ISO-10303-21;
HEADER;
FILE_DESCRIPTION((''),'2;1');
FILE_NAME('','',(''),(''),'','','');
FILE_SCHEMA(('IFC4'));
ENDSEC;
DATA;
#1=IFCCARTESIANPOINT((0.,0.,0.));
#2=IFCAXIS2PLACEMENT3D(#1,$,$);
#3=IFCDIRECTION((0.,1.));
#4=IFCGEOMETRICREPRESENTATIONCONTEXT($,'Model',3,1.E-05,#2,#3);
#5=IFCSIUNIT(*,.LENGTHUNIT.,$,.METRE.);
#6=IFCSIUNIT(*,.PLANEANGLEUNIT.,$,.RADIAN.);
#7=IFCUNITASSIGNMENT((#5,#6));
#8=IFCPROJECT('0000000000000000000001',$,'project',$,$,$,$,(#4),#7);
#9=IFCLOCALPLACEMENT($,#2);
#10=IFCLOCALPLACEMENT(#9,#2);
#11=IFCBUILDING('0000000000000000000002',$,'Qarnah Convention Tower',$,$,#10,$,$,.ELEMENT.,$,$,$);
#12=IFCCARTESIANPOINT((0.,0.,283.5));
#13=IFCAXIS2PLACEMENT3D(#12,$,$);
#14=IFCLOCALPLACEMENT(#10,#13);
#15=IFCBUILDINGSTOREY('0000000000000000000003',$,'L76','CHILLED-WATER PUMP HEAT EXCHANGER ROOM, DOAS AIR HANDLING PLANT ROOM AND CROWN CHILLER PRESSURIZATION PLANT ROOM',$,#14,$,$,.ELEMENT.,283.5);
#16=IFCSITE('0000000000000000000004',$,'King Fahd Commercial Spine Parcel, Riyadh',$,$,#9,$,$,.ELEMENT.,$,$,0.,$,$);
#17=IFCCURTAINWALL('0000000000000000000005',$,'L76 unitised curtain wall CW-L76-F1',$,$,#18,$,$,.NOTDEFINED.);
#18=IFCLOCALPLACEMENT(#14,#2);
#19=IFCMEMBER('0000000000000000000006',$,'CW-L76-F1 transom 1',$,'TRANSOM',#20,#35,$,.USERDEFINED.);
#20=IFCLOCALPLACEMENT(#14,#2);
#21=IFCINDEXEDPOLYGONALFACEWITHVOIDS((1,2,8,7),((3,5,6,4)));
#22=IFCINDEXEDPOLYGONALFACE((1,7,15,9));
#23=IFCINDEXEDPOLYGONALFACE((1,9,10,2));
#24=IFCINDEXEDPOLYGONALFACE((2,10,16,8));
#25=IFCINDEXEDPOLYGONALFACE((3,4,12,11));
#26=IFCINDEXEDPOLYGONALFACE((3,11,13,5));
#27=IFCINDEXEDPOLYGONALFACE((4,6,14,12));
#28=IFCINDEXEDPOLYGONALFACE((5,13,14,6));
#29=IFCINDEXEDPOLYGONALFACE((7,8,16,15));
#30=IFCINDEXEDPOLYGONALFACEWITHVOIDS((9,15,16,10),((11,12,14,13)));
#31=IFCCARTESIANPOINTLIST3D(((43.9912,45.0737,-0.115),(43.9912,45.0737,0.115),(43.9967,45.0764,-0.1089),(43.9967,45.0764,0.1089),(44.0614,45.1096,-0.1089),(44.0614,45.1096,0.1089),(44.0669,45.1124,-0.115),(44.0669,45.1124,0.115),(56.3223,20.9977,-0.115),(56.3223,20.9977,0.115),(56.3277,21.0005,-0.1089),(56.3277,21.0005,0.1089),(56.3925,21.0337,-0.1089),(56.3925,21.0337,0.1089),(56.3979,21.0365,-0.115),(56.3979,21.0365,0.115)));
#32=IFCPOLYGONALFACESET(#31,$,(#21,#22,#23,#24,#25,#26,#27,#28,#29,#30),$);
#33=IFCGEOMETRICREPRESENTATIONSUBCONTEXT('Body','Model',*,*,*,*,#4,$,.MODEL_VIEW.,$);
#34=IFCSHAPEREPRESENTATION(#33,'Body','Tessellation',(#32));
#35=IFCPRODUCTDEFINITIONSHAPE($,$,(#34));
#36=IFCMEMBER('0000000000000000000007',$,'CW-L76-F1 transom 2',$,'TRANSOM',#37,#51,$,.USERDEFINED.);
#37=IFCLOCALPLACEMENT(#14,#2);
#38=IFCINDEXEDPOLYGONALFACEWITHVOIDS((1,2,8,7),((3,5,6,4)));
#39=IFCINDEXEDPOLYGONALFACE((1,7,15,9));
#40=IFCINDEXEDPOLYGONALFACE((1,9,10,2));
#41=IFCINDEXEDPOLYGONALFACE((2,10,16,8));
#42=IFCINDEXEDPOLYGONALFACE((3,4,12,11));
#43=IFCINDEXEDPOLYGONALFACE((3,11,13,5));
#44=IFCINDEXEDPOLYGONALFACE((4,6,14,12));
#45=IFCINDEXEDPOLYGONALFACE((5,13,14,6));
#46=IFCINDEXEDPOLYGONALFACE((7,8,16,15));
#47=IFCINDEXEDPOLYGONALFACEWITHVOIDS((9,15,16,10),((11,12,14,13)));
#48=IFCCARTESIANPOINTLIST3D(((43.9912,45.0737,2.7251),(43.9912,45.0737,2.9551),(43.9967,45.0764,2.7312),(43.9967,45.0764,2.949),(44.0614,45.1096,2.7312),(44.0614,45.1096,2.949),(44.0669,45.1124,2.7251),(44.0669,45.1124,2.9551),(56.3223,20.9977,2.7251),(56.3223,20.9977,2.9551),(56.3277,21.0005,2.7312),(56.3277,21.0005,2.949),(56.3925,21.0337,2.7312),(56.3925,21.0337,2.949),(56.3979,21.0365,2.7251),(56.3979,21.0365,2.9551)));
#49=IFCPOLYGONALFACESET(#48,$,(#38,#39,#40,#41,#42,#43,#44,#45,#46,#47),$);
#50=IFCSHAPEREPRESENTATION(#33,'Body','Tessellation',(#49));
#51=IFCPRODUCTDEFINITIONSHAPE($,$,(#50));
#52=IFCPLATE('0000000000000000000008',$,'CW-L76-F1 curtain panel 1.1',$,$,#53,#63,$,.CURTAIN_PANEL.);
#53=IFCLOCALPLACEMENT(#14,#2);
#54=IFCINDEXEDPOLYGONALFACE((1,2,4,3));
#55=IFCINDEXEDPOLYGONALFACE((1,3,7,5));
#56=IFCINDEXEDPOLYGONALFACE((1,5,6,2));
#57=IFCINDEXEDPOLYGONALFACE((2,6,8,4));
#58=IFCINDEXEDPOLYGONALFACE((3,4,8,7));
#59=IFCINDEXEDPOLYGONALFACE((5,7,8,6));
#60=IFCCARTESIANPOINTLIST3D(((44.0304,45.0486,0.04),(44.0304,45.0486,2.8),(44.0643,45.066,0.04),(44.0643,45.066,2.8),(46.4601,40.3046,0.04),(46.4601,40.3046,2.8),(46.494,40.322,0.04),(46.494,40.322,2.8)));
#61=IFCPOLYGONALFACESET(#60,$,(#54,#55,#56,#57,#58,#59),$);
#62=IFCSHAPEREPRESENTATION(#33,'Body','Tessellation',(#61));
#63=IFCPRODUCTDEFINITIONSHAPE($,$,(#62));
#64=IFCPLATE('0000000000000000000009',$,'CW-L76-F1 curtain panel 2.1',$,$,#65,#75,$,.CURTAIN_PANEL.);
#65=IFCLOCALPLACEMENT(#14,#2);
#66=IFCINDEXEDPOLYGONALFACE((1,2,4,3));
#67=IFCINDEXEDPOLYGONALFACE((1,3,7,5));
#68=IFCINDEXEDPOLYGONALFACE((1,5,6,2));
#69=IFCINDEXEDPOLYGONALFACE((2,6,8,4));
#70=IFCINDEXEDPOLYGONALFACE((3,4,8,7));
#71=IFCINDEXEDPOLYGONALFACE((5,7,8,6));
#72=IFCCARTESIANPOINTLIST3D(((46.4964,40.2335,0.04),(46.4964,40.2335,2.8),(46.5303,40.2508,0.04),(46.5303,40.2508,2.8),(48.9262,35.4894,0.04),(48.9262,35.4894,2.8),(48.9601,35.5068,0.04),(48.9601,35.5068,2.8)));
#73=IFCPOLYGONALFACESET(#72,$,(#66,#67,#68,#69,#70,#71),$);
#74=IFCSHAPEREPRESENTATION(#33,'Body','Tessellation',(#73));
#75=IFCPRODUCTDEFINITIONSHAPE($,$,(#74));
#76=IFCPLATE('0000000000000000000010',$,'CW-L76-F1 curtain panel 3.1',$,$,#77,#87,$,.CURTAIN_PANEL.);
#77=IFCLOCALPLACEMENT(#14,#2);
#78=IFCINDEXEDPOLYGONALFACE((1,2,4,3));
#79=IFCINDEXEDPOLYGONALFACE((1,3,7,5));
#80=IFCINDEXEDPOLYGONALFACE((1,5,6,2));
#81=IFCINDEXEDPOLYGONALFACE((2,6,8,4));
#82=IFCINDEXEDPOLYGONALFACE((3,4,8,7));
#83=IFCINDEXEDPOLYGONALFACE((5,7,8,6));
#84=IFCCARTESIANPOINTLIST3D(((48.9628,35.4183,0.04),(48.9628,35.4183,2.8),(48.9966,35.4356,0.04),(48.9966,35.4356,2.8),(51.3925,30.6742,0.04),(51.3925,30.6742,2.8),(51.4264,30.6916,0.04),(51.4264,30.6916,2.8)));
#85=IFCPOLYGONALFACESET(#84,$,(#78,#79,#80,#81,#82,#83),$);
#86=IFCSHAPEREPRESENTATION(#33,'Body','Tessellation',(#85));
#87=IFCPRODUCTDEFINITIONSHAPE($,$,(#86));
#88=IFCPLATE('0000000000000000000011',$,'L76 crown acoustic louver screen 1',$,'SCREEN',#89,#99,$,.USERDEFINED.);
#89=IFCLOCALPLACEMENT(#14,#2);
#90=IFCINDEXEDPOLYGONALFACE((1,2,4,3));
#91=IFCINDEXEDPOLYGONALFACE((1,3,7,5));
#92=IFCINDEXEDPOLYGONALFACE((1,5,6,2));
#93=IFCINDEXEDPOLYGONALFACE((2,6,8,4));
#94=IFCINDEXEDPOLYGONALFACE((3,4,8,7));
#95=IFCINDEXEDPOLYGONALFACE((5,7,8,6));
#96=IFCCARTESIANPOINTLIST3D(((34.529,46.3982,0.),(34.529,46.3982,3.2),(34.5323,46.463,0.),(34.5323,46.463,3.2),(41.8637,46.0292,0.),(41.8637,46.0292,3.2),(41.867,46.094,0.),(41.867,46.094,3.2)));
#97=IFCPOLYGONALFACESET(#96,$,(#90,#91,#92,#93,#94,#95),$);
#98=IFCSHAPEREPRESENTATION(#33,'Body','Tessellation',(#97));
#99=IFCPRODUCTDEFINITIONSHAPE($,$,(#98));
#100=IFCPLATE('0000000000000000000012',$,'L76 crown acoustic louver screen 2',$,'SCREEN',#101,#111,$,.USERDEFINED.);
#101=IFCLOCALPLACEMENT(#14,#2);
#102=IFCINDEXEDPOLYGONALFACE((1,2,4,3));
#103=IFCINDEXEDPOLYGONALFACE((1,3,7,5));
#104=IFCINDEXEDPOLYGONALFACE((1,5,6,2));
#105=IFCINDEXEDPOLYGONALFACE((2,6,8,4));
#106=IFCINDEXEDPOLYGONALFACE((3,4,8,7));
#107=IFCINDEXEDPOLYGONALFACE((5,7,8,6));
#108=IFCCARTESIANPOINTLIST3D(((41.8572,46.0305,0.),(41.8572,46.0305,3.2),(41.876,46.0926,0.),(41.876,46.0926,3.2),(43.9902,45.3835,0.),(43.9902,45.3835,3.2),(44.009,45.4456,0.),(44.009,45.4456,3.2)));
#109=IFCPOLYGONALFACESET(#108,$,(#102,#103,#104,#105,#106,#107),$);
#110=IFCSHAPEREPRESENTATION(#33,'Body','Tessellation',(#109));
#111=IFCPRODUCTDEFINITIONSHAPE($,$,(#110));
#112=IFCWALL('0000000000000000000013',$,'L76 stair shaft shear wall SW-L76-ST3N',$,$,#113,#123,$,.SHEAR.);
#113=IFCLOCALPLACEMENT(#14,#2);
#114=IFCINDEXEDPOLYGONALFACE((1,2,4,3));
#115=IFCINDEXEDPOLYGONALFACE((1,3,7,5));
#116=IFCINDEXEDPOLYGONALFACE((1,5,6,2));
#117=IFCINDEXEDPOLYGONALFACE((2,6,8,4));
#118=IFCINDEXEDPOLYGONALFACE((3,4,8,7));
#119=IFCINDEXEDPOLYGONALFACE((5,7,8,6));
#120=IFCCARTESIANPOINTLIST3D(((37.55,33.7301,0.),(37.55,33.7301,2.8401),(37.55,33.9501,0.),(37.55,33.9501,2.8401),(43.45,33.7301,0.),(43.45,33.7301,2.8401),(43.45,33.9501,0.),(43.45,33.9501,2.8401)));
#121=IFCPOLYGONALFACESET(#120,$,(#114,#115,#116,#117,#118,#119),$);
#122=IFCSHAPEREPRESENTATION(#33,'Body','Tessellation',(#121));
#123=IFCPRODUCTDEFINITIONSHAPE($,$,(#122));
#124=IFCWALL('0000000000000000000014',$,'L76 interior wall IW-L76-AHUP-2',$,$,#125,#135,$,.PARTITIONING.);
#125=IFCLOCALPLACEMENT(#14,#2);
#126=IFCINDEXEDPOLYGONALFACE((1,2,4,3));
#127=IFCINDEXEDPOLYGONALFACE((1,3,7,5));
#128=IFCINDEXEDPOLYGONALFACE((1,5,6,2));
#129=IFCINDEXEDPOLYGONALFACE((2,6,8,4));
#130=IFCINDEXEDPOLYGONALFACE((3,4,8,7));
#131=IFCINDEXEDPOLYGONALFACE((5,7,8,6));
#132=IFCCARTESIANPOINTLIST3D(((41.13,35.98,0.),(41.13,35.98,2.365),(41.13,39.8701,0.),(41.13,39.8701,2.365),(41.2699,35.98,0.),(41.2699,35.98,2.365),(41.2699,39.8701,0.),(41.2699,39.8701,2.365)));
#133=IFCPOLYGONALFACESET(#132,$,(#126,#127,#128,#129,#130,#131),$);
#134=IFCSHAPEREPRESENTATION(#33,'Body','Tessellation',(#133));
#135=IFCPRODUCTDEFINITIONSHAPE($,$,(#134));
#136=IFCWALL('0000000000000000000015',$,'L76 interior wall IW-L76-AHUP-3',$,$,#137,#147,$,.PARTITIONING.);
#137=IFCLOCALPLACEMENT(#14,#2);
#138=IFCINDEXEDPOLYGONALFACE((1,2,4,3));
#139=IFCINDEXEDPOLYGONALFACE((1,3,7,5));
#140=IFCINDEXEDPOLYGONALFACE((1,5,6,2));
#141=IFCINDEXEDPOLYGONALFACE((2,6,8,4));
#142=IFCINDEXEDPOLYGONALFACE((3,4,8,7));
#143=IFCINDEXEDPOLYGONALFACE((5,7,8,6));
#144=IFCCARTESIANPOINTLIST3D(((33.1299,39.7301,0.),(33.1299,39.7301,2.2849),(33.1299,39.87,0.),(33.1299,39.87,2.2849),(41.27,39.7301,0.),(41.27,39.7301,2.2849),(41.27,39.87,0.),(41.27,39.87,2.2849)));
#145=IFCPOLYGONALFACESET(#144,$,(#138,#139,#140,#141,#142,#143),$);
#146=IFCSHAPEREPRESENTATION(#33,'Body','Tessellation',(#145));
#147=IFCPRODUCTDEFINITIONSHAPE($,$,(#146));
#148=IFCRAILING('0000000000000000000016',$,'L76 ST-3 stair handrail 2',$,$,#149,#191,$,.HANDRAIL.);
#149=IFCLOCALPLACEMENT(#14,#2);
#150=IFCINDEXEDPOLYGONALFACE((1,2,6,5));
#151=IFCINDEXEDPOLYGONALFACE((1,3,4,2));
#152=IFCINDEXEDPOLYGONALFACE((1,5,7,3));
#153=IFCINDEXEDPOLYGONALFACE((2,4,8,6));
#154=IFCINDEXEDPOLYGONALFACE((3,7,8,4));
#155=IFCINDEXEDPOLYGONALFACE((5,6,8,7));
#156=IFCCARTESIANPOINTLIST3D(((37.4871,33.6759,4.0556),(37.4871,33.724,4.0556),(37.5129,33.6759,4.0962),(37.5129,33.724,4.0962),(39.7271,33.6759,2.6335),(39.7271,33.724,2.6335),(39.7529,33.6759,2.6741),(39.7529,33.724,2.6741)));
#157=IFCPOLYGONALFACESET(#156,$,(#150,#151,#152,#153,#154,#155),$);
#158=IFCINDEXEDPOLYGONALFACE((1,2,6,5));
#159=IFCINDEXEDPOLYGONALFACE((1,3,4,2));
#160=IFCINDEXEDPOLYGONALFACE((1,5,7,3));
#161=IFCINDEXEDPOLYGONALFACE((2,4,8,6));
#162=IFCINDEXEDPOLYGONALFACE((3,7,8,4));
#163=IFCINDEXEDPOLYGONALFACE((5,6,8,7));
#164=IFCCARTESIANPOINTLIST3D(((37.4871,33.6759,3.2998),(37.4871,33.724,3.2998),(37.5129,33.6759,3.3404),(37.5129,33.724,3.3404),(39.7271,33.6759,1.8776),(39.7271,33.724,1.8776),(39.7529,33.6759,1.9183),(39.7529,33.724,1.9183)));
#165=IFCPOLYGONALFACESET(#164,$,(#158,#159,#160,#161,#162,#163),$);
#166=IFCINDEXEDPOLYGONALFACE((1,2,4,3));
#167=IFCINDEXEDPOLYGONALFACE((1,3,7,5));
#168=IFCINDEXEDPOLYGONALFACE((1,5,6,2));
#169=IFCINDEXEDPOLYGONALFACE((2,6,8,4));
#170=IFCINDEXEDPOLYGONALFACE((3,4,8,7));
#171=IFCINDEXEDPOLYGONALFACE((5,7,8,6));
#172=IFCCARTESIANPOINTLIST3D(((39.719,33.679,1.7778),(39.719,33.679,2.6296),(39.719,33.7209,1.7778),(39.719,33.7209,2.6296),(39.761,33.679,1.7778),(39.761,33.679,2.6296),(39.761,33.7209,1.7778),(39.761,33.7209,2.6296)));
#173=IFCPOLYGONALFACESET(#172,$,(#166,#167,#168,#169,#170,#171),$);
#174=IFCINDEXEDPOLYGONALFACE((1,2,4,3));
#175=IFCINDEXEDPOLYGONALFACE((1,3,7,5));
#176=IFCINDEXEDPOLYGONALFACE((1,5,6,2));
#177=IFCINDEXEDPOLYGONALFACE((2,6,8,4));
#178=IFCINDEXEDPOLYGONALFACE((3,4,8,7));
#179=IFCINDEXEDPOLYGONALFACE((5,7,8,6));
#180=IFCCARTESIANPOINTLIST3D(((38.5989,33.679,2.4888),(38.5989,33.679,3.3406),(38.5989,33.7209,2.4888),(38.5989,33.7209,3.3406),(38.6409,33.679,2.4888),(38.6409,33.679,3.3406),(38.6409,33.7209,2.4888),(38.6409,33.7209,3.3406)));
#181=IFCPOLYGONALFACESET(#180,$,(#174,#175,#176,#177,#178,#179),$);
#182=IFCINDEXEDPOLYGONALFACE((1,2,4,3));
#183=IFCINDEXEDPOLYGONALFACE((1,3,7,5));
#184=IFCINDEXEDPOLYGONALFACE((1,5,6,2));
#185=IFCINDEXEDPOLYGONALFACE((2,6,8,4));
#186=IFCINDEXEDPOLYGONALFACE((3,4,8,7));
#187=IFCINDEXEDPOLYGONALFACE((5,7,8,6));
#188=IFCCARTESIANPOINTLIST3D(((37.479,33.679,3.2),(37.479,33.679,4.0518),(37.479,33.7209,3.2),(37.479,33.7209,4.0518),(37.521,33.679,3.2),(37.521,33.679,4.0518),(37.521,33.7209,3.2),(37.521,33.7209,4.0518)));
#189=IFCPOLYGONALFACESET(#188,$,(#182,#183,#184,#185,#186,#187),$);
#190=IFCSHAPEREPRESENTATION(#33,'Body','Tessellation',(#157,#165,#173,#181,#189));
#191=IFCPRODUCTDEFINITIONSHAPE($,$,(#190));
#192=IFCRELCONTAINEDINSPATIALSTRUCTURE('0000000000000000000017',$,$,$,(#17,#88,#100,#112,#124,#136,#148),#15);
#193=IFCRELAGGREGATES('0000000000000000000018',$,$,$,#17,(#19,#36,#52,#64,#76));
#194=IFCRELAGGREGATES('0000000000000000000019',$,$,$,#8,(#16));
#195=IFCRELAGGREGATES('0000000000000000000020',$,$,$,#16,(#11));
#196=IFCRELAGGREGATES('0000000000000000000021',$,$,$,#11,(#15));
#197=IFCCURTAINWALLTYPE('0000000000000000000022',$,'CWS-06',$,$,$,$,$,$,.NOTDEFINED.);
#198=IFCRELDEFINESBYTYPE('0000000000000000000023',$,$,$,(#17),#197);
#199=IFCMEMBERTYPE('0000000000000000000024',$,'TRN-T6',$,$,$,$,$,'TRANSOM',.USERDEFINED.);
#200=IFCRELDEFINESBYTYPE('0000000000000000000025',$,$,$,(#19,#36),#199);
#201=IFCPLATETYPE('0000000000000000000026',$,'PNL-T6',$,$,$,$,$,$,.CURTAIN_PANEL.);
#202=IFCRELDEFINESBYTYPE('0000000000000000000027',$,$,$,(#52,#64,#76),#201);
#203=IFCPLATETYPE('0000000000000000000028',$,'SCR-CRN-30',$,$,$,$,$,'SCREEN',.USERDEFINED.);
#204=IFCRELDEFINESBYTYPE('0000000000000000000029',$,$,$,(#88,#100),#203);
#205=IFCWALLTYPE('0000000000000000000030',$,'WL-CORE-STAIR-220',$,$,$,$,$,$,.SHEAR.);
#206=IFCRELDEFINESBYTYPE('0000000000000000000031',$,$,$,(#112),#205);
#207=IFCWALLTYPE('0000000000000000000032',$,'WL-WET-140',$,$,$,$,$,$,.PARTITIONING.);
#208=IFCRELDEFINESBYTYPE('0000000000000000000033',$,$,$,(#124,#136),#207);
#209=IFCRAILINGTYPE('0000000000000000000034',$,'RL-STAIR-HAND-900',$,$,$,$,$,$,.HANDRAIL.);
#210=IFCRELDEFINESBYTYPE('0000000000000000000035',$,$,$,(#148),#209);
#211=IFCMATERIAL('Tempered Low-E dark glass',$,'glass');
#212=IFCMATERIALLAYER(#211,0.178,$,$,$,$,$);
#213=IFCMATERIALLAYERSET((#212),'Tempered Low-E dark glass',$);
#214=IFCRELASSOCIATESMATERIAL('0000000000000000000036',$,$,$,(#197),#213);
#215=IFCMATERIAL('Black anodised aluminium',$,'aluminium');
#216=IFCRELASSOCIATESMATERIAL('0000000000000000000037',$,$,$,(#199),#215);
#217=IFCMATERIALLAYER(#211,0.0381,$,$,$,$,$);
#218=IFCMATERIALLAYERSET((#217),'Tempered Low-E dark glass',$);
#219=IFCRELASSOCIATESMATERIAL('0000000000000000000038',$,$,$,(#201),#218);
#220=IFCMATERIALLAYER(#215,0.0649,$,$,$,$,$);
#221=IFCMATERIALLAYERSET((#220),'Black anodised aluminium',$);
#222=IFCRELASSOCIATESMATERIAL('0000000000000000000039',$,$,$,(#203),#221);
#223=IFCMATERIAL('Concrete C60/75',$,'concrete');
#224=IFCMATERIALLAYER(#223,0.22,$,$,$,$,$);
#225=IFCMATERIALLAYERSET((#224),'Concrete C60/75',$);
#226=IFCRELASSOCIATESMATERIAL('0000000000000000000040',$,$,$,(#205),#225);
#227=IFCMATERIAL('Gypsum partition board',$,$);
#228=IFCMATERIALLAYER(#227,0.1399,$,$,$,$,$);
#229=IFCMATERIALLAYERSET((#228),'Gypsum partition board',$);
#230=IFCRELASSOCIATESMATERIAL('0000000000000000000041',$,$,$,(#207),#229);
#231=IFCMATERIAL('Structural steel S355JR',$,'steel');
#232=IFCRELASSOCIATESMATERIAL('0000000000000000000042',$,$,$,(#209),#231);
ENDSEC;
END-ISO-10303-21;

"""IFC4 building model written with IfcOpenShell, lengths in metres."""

from ifc_helpers import new_model, si_unit, direction, frame, frame_2d, origin, origin_2d, place, context, subcontext, project, spatial, rectangle, hollow_rectangle, extrude, material, layer, layer_set, material_profile, profile_set, type_object, element, aggregate, save


model = new_model("IFC4")

# Units and contexts
model_context = context("Model", 3, precision=1e-05, world=origin(), true_north=direction((0.0, 1.0)))
body_context = subcontext(model_context, "Body", "Model", "MODEL_VIEW")
ifc_project = project(units=[si_unit("LENGTHUNIT", "METRE"), si_unit("PLANEANGLEUNIT", "RADIAN")], contexts=[model_context])

# Site, building, storey
site_placement = place(None, origin())
site = spatial("IfcSite", under=ifc_project, at=site_placement, Name="King Fahd Commercial Spine Parcel, Riyadh", CompositionType="ELEMENT", RefElevation=0.0)
building_placement = place(site_placement, origin())
building = spatial("IfcBuilding", under=site, at=building_placement, Name="Qarnah Convention Tower", CompositionType="ELEMENT")
storey_placement = place(building_placement, frame((0.0, 0.0, 283.5)))
storey = spatial("IfcBuildingStorey", under=building, at=storey_placement, Name="L76", Description="CHILLED-WATER PUMP HEAT EXCHANGER ROOM, DOAS AIR HANDLING PLANT ROOM AND CROWN CHILLER PRESSURIZATION PLANT ROOM", CompositionType="ELEMENT", Elevation=283.5)

# Shared definitions
ifc_material_1 = material(Name="Structural steel S355JR", Category="steel")

# Curtain wall, members, plates
ifc_material_2 = material(Name="Tempered Low-E dark glass", Category="glass")
ifc_layer_1 = layer(ifc_material_2, 0.178)
ifc_layer_set_1 = layer_set([ifc_layer_1], Name="Tempered Low-E dark glass")
curtain_wall_type = type_object("IfcCurtainWallType", Name="CWS-06", PredefinedType="NOTDEFINED", material=ifc_layer_set_1)
curtain_wall_placement = place(storey_placement, origin())
curtain_wall = element("IfcCurtainWall", 1, at=curtain_wall_placement, inside=storey, type_object=curtain_wall_type, Name="L76 unitised curtain wall CW-L76-F1", PredefinedType="NOTDEFINED")
ifc_material_3 = material(Name="Black anodised aluminium", Category="aluminium")
ifc_material_profile_1 = material_profile(ifc_material_3, hollow_rectangle(XDim=0.085, YDim=0.23, WallThickness=0.0061, at=origin_2d()), Name="TRN-85X230")
ifc_profile_set_1 = profile_set([ifc_material_profile_1], Name="Black anodised aluminium")
member_type_1 = type_object("IfcMemberType", Name="TRN-T6", ElementType="TRANSOM", PredefinedType="USERDEFINED", material=ifc_profile_set_1)
member_1_placement = place(storey_placement, frame((44.0291, 45.093, 0.0), z_axis=(0.455861, -0.890051, 0.0), x_axis=(0.890051, 0.455861, 0.0)))
member_1 = element("IfcMember", 2, at=member_1_placement, type_object=member_type_1, Name="CW-L76-F1 transom 1", ObjectType="TRANSOM", PredefinedType="USERDEFINED", context=body_context, shape_type="SweptSolid", body=[
    extrude(hollow_rectangle(XDim=0.085, YDim=0.23, WallThickness=0.0061, at=origin_2d()), origin(), (0.0, 0.0, 1.0), 27.05),
])
member_2_placement = place(storey_placement, frame((44.0291, 45.093, 2.8401), z_axis=(0.455861, -0.890051, 0.0), x_axis=(0.890051, 0.455861, 0.0)))
member_2 = element("IfcMember", 3, at=member_2_placement, type_object=member_type_1, Name="CW-L76-F1 transom 2", ObjectType="TRANSOM", PredefinedType="USERDEFINED", context=body_context, shape_type="SweptSolid", body=[
    extrude(hollow_rectangle(XDim=0.085, YDim=0.23, WallThickness=0.0061, at=origin_2d()), origin(), (0.0, 0.0, 1.0), 27.05),
])
ifc_layer_2 = layer(ifc_material_2, 0.0381)
ifc_layer_set_2 = layer_set([ifc_layer_2], Name="Tempered Low-E dark glass")
plate_type_1 = type_object("IfcPlateType", Name="PNL-T6", PredefinedType="CURTAIN_PANEL", material=ifc_layer_set_2)
plate_1_placement = place(storey_placement, frame((45.2622, 42.6853, 0.04), z_axis=(0.0, 0.0, 1.0), x_axis=(0.455858, -0.890053, 0.0)))
plate_1 = element("IfcPlate", 4, at=plate_1_placement, type_object=plate_type_1, Name="CW-L76-F1 curtain panel 1.1", PredefinedType="CURTAIN_PANEL", context=body_context, shape_type="SweptSolid", body=[
    extrude(rectangle(XDim=5.3301, YDim=0.0381, at=origin_2d()), origin(), (0.0, 0.0, 1.0), 2.76),
])
plate_2_placement = place(storey_placement, frame((47.7283, 37.8701, 0.04), z_axis=(0.0, 0.0, 1.0), x_axis=(0.455858, -0.890053, 0.0)))
plate_2 = element("IfcPlate", 5, at=plate_2_placement, type_object=plate_type_1, Name="CW-L76-F1 curtain panel 2.1", PredefinedType="CURTAIN_PANEL", context=body_context, shape_type="SweptSolid", body=[
    extrude(rectangle(XDim=5.3301, YDim=0.0381, at=origin_2d()), origin(), (0.0, 0.0, 1.0), 2.76),
])
plate_3_placement = place(storey_placement, frame((50.1946, 33.0549, 0.04), z_axis=(0.0, 0.0, 1.0), x_axis=(0.455858, -0.890053, 0.0)))
plate_3 = element("IfcPlate", 6, at=plate_3_placement, type_object=plate_type_1, Name="CW-L76-F1 curtain panel 3.1", PredefinedType="CURTAIN_PANEL", context=body_context, shape_type="SweptSolid", body=[
    extrude(rectangle(XDim=5.3301, YDim=0.0381, at=origin_2d()), origin(), (0.0, 0.0, 1.0), 2.76),
])
aggregate(curtain_wall, [member_1, member_2, plate_1, plate_2, plate_3])

# Plates
ifc_layer_3 = layer(ifc_material_3, 0.0649)
ifc_layer_set_3 = layer_set([ifc_layer_3], Name="Black anodised aluminium")
plate_type_2 = type_object("IfcPlateType", Name="SCR-CRN-30", ElementType="SCREEN", PredefinedType="USERDEFINED", material=ifc_layer_set_3)
plate_4_placement = place(storey_placement, frame((38.198, 46.2461, 0.0), z_axis=(0.0, 0.0, 1.0), x_axis=(0.998737, -0.050243, 0.0)))
element("IfcPlate", 7, at=plate_4_placement, inside=storey, type_object=plate_type_2, Name="L76 crown acoustic louver screen 1", ObjectType="SCREEN", PredefinedType="USERDEFINED", context=body_context, shape_type="SweptSolid", body=[
    extrude(rectangle(XDim=7.344, YDim=0.0649, at=origin_2d()), origin(), (0.0, 0.0, 1.0), 3.2),
])
plate_5_placement = place(storey_placement, frame((42.9331, 45.738, 0.0), z_axis=(0.0, 0.0, 1.0), x_axis=(0.956945, -0.29027, 0.0)))
element("IfcPlate", 8, at=plate_5_placement, inside=storey, type_object=plate_type_2, Name="L76 crown acoustic louver screen 2", ObjectType="SCREEN", PredefinedType="USERDEFINED", context=body_context, shape_type="SweptSolid", body=[
    extrude(rectangle(XDim=2.229, YDim=0.0649, at=origin_2d()), origin(), (0.0, 0.0, 1.0), 3.2),
])

# Walls
ifc_material_4 = material(Name="Concrete C60/75", Category="concrete")
ifc_layer_4 = layer(ifc_material_4, 0.22)
ifc_layer_set_4 = layer_set([ifc_layer_4], Name="Concrete C60/75")
wall_type_1 = type_object("IfcWallType", Name="WL-CORE-STAIR-220", PredefinedType="SHEAR", material=ifc_layer_set_4)
wall_1_placement = place(storey_placement, frame((37.55, 33.8401, 0.0), z_axis=(0.0, 0.0, 1.0), x_axis=(1.0, 0.0, 0.0)))
element("IfcWall", 9, at=wall_1_placement, inside=storey, type_object=wall_type_1, Name="L76 stair shaft shear wall SW-L76-ST3N", PredefinedType="SHEAR", context=body_context, shape_type="SweptSolid", body=[
    extrude(rectangle(XDim=5.8999, YDim=0.22, at=frame_2d((2.95, 0.0))), origin(), (0.0, 0.0, 1.0), 2.8401),
])
ifc_material_5 = material(Name="Gypsum partition board")
ifc_layer_5 = layer(ifc_material_5, 0.1399)
ifc_layer_set_5 = layer_set([ifc_layer_5], Name="Gypsum partition board")
wall_type_2 = type_object("IfcWallType", Name="WL-WET-140", PredefinedType="PARTITIONING", material=ifc_layer_set_5)
wall_2_placement = place(storey_placement, frame((41.2, 35.98, 0.0), z_axis=(0.0, 0.0, 1.0), x_axis=(0.0, 1.0, 0.0)))
element("IfcWall", 10, at=wall_2_placement, inside=storey, type_object=wall_type_2, Name="L76 interior wall IW-L76-AHUP-2", PredefinedType="PARTITIONING", context=body_context, shape_type="SweptSolid", body=[
    extrude(rectangle(XDim=3.8901, YDim=0.1399, at=frame_2d((1.9451, 0.0))), origin(), (0.0, 0.0, 1.0), 2.365),
])
wall_3_placement = place(storey_placement, frame((41.27, 39.8, 0.0), z_axis=(0.0, 0.0, 1.0), x_axis=(-1.0, 0.0, 0.0)))
element("IfcWall", 11, at=wall_3_placement, inside=storey, type_object=wall_type_2, Name="L76 interior wall IW-L76-AHUP-3", PredefinedType="PARTITIONING", context=body_context, shape_type="SweptSolid", body=[
    extrude(rectangle(XDim=8.1401, YDim=0.1399, at=frame_2d((4.0701, 0.0))), origin(), (0.0, 0.0, 1.0), 2.2849),
])

# Railing
railing_type = type_object("IfcRailingType", Name="RL-STAIR-HAND-900", PredefinedType="HANDRAIL", material=ifc_material_1)
railing_placement = place(storey_placement, frame((39.74, 33.7, 1.7778)))
element("IfcRailing", 12, at=railing_placement, inside=storey, type_object=railing_type, Name="L76 ST-3 stair handrail 2", PredefinedType="HANDRAIL", context=body_context, shape_type="SweptSolid", body=[
    extrude(rectangle(XDim=0.0481, YDim=0.0481, at=origin_2d()), frame((0.0, 0.0, 0.876), z_axis=(-0.844229, 0.0, 0.535982), x_axis=(0.0, -1.0, 0.0)), (0.0, 0.0, 1.0), 2.6533),
    extrude(rectangle(XDim=0.0481, YDim=0.0481, at=origin_2d()), frame((0.0, 0.0, 0.1201), z_axis=(-0.844229, 0.0, 0.535982), x_axis=(0.0, -1.0, 0.0)), (0.0, 0.0, 1.0), 2.6533),
    extrude(rectangle(XDim=0.042, YDim=0.042, at=origin_2d()), origin(), (0.0, 0.0, 1.0), 0.8518),
    extrude(rectangle(XDim=0.042, YDim=0.042, at=origin_2d()), frame((-1.1201, 0.0, 0.7109)), (0.0, 0.0, 1.0), 0.8518),
    extrude(rectangle(XDim=0.042, YDim=0.042, at=origin_2d()), frame((-2.24, 0.0, 1.4221)), (0.0, 0.0, 1.0), 0.8518),
])

save(model, "model.ifc")
